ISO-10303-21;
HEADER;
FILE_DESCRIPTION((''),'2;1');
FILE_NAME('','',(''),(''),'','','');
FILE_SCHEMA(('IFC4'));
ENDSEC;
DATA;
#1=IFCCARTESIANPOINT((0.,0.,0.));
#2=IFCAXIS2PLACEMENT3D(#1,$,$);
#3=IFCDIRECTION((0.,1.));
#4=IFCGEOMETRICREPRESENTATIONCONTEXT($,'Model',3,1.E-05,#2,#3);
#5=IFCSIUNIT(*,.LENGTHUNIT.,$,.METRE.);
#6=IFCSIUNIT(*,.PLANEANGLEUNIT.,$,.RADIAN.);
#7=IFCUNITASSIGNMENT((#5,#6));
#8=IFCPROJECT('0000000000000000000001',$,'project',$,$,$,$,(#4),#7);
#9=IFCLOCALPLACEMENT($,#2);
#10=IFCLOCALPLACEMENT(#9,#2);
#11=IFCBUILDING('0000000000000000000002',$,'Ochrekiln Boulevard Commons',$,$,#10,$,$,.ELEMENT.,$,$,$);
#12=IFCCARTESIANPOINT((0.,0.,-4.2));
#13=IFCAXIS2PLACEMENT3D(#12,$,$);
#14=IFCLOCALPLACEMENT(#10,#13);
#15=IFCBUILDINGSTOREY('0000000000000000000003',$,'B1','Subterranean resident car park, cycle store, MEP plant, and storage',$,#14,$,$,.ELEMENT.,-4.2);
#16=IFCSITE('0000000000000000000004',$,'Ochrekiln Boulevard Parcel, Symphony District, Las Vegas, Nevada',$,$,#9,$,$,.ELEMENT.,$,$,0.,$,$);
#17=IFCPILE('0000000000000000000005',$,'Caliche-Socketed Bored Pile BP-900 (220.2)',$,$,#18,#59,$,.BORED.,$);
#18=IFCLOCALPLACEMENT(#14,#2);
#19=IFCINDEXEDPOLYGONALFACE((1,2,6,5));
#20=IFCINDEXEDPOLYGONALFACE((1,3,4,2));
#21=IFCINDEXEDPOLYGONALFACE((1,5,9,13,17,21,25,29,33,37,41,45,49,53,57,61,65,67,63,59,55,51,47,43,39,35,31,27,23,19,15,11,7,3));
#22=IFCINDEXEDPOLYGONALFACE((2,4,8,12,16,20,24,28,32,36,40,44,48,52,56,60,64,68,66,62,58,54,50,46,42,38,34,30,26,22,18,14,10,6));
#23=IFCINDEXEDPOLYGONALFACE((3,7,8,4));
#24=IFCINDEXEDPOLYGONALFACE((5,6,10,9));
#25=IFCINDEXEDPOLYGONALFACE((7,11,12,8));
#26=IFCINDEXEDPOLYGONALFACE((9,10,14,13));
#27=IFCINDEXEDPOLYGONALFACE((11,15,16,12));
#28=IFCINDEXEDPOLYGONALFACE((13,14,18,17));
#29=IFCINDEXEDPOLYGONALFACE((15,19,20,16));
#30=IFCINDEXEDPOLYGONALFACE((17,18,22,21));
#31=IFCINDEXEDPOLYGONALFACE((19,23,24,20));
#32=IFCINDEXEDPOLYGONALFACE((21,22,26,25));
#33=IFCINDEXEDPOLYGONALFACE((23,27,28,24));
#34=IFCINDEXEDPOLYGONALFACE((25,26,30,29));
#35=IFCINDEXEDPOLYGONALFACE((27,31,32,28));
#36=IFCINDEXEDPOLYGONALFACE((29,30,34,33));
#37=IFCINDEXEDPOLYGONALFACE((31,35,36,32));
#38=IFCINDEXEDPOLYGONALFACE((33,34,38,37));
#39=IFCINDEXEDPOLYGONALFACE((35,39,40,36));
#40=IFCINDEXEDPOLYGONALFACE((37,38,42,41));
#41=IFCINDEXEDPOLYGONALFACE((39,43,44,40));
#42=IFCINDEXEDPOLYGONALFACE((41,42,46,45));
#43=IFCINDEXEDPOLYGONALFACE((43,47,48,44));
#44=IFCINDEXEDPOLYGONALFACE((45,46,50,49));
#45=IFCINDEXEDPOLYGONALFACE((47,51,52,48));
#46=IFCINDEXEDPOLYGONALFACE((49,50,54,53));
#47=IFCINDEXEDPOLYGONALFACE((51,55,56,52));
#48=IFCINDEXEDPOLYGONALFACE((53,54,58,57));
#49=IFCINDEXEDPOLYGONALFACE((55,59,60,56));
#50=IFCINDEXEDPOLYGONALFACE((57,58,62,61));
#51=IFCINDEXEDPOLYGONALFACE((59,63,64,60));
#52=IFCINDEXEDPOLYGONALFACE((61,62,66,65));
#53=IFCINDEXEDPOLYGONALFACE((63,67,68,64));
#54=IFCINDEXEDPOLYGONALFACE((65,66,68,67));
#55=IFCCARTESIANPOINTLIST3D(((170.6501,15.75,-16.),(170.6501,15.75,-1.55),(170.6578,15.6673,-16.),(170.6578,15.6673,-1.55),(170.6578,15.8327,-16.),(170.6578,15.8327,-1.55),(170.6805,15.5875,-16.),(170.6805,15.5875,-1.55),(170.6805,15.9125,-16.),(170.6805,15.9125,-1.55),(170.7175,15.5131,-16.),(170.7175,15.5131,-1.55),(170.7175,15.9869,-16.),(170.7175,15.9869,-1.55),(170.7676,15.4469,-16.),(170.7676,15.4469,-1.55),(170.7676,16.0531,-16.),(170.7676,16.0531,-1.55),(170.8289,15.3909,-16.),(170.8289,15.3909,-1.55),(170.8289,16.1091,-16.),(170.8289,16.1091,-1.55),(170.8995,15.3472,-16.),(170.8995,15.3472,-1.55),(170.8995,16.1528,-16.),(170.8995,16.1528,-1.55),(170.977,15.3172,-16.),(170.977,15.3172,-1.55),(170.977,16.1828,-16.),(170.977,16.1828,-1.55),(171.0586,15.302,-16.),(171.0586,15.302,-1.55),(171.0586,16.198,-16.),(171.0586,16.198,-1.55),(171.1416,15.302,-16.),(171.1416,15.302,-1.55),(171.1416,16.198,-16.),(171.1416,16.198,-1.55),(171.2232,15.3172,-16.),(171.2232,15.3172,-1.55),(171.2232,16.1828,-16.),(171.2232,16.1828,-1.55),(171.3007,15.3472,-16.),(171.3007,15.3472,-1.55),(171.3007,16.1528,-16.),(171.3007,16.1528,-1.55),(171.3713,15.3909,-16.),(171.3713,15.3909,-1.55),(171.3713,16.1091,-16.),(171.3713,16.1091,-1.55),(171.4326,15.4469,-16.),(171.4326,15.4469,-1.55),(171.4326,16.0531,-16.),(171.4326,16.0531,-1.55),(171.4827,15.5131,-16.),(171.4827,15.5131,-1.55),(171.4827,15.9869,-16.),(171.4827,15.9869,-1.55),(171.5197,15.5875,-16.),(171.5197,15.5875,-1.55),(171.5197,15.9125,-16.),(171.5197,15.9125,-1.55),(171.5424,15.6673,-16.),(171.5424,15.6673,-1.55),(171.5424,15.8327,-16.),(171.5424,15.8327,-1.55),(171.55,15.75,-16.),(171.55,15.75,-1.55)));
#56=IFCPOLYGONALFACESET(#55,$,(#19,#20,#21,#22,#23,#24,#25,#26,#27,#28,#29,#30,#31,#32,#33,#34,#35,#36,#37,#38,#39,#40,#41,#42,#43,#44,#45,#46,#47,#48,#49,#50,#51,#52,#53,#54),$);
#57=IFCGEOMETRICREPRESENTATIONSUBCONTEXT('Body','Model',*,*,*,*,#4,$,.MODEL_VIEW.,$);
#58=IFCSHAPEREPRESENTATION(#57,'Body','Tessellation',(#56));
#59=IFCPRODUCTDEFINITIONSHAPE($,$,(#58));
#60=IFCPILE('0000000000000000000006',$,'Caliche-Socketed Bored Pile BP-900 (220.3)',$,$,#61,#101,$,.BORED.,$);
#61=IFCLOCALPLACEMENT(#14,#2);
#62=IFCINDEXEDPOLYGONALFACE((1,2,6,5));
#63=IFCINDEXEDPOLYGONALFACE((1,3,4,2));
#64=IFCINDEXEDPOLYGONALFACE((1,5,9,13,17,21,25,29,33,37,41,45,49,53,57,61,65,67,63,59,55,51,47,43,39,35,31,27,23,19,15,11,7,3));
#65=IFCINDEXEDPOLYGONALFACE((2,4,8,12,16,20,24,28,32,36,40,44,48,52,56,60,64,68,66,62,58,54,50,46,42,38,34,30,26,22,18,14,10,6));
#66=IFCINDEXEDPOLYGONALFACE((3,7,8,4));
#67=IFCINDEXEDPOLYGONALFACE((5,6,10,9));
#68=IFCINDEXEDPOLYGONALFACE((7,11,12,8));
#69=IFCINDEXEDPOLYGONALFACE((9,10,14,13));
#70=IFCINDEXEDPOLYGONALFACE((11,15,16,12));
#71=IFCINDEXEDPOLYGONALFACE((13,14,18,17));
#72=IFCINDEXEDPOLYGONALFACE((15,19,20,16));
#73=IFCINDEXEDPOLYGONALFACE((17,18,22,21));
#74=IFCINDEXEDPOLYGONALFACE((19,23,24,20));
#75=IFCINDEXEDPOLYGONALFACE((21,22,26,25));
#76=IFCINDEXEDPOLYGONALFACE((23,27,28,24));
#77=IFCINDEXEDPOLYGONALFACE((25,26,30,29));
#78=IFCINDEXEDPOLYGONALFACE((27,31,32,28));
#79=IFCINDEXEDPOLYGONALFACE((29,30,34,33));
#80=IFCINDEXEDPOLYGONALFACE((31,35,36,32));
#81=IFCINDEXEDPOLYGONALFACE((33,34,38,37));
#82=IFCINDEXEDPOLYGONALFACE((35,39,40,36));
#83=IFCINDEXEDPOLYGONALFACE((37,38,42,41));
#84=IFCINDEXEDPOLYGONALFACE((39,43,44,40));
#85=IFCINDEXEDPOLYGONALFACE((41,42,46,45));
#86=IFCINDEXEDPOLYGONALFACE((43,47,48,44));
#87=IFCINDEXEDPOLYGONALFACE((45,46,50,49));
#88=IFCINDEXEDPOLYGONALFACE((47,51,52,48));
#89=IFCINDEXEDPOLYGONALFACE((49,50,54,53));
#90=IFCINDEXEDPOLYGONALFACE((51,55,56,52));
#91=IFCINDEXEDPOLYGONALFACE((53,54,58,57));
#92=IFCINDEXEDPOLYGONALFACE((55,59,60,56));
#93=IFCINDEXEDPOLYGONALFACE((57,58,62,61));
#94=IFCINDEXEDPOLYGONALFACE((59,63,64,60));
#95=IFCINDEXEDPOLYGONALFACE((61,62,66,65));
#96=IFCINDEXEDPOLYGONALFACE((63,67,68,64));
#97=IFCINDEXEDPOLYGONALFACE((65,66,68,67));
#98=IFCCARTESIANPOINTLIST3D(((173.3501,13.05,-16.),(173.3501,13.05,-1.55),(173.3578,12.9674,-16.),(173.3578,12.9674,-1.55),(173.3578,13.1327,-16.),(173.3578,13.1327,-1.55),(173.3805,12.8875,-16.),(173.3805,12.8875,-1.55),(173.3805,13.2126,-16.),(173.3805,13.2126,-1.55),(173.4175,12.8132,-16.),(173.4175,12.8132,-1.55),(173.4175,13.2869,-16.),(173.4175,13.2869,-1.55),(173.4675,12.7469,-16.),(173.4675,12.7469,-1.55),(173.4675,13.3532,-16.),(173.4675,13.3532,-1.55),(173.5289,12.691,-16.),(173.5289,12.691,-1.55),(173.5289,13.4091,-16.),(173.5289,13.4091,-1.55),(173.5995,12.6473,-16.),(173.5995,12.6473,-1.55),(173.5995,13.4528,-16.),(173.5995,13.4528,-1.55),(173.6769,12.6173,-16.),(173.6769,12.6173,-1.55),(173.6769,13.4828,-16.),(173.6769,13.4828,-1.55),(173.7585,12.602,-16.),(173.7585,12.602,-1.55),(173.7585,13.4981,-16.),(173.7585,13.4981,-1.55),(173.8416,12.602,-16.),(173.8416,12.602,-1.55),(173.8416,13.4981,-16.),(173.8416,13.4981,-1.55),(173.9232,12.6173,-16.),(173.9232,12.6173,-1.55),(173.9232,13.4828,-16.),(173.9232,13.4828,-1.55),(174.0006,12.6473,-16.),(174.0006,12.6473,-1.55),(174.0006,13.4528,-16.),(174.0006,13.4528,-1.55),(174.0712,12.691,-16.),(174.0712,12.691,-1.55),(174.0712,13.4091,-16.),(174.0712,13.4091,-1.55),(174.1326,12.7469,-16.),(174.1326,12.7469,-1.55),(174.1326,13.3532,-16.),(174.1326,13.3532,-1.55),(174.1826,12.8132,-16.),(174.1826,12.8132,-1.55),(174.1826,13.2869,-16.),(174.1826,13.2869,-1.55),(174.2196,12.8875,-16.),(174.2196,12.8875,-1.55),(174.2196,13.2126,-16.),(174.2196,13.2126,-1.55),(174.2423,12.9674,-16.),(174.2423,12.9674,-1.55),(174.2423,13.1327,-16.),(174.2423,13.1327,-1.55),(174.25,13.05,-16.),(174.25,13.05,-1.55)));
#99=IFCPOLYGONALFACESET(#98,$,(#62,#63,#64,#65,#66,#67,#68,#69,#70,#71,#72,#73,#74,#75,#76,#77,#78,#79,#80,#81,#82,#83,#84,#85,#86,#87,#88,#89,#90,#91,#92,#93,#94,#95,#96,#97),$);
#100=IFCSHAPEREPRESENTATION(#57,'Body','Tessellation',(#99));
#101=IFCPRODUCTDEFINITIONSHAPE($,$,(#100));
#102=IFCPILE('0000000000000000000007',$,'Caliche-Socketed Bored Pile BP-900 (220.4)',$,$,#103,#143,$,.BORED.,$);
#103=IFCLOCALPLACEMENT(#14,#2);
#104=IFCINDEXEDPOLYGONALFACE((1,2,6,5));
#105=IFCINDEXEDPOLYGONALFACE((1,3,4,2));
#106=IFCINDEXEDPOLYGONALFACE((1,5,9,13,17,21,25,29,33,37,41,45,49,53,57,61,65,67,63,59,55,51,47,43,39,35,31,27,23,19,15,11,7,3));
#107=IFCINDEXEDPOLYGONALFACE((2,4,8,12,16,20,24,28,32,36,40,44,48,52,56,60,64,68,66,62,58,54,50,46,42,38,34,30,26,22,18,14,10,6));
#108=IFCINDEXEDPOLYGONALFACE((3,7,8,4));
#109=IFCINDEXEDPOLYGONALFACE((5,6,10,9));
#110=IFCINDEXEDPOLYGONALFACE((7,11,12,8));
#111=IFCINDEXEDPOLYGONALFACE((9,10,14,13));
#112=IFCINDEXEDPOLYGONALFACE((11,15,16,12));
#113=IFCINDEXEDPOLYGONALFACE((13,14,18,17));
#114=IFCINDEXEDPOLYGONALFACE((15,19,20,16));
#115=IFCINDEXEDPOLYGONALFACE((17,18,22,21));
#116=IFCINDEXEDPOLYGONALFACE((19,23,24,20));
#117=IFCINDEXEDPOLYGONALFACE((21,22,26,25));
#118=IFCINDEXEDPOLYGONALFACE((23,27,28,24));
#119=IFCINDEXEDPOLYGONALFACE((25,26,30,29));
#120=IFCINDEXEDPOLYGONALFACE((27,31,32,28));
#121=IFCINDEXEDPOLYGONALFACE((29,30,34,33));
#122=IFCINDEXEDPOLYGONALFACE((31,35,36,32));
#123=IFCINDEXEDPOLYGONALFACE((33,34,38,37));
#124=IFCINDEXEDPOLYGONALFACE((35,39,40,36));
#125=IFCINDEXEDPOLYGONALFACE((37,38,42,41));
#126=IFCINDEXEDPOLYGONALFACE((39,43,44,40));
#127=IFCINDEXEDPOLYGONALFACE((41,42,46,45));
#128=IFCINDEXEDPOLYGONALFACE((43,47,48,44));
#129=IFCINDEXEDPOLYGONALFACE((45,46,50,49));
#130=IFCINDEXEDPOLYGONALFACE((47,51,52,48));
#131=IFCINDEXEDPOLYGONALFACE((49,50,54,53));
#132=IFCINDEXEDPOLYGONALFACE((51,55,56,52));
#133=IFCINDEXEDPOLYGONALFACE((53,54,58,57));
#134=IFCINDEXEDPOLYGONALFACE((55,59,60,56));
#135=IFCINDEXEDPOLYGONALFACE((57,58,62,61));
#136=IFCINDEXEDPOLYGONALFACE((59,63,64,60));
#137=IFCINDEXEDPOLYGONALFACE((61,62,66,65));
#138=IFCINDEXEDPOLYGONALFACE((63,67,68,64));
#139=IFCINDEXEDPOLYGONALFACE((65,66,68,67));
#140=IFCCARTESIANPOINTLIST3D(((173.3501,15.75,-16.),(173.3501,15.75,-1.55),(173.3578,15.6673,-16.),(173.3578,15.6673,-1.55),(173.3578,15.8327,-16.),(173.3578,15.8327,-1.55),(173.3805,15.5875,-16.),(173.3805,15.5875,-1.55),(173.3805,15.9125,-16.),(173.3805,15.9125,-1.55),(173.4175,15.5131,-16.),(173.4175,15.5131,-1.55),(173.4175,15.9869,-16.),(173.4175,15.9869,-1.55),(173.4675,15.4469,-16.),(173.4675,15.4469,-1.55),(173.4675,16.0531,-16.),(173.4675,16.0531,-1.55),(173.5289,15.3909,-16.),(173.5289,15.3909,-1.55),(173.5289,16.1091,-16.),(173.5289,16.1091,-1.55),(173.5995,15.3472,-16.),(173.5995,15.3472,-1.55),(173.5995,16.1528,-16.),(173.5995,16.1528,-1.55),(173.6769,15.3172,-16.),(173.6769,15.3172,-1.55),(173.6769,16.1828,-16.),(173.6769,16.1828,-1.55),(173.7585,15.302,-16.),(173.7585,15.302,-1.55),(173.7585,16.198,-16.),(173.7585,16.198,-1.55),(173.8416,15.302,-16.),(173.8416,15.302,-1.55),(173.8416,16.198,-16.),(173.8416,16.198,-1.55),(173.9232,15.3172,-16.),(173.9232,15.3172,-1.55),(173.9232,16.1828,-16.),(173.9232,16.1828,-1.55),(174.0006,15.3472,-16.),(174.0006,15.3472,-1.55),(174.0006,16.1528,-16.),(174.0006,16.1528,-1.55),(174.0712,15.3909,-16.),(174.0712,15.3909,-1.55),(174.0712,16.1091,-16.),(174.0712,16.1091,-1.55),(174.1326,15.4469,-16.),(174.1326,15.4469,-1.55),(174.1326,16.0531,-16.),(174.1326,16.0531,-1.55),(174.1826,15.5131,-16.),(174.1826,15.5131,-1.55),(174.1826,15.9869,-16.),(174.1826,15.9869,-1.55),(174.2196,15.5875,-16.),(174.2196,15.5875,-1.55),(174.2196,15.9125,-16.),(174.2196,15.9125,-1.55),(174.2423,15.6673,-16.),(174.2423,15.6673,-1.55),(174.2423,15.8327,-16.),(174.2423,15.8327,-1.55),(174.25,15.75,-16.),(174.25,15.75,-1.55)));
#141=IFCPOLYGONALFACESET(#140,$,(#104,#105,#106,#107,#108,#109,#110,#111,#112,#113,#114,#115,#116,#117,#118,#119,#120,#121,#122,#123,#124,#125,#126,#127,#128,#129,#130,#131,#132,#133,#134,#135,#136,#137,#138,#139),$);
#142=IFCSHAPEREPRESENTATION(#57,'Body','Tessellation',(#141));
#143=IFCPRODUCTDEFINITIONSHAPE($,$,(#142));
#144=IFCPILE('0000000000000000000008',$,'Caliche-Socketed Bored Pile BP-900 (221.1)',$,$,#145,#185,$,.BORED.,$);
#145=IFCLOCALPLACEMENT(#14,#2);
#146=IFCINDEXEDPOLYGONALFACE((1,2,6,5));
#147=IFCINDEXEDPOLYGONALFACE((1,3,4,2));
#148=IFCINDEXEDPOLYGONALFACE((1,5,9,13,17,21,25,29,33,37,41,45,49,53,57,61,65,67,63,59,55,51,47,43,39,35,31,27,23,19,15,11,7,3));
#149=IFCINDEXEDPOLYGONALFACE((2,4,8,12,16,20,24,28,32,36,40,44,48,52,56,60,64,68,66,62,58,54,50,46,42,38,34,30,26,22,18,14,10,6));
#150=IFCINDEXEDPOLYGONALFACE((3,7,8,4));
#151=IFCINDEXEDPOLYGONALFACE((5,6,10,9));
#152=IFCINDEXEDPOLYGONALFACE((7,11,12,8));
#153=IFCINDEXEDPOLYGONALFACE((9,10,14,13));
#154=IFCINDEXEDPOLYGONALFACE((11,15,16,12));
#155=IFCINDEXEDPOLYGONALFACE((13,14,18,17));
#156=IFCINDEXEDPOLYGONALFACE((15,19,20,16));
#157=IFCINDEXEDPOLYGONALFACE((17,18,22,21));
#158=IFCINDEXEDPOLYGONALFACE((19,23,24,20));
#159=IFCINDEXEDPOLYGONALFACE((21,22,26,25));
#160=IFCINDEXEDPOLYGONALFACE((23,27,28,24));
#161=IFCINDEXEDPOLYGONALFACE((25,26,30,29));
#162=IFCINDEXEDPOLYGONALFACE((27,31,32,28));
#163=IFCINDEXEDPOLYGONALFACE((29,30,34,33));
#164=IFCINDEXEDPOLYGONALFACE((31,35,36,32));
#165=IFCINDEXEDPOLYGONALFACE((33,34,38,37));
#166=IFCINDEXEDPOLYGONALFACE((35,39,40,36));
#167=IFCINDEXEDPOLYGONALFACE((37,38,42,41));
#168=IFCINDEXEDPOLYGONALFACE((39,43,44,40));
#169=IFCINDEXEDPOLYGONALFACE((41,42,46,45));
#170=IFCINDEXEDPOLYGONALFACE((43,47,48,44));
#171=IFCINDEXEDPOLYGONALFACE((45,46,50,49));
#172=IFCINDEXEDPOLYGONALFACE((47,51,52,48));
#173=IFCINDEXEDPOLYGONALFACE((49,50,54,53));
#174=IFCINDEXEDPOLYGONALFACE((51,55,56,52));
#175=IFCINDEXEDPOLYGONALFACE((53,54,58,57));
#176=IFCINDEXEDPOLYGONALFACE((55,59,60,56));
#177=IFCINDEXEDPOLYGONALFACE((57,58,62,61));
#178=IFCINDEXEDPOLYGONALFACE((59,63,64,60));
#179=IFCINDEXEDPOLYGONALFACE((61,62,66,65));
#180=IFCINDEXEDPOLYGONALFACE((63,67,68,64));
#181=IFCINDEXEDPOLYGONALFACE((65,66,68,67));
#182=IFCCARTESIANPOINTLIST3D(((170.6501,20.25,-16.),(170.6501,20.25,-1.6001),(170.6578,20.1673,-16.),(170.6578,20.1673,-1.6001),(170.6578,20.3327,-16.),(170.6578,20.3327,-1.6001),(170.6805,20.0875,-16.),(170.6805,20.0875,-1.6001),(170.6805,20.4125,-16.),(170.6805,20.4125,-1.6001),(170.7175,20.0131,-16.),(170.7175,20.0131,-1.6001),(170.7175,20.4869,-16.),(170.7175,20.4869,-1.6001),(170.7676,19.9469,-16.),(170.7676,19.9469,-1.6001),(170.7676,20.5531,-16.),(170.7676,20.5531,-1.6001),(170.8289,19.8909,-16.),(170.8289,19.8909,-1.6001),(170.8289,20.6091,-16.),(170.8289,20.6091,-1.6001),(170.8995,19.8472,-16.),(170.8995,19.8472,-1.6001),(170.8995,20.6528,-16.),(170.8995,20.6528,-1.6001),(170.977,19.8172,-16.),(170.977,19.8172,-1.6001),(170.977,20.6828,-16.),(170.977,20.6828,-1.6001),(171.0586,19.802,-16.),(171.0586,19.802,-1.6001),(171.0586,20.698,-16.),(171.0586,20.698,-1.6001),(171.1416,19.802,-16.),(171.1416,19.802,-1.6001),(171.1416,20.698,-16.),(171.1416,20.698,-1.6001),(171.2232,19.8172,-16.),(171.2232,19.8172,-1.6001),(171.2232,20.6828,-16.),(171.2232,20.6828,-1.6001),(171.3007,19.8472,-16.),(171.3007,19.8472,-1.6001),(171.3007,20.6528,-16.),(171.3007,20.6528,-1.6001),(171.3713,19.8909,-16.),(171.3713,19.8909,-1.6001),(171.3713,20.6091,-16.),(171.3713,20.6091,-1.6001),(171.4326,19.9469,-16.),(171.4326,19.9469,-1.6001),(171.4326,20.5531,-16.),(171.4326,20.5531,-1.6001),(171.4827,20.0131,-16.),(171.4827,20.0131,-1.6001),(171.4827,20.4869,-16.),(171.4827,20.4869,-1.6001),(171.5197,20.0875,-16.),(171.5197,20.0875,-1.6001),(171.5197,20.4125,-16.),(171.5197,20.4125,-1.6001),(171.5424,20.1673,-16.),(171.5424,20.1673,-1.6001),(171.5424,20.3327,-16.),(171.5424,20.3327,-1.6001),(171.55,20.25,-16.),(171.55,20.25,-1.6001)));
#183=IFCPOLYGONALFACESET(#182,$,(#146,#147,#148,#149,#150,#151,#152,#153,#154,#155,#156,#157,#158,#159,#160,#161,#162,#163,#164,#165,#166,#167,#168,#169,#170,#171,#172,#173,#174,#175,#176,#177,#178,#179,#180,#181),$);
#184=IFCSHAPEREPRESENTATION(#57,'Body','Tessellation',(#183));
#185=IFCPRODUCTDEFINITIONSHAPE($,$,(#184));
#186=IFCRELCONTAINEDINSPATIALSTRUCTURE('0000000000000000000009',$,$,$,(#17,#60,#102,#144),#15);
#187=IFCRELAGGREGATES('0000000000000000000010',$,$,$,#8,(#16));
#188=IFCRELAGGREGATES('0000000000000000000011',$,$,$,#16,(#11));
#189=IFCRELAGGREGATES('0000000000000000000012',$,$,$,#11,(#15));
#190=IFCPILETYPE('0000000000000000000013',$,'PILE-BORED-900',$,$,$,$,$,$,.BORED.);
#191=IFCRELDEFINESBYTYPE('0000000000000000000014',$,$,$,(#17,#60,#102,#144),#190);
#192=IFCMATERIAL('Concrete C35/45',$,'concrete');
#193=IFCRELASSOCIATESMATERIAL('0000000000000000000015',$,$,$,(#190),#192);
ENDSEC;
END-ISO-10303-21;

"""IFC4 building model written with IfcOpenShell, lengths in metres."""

from ifc_helpers import new_model, si_unit, direction, frame, origin, origin_2d, place, context, subcontext, project, spatial, circle, extrude, material, material_profile, profile_set, type_object, element, save


model = new_model("IFC4")

# Units and contexts
model_context = context("Model", 3, precision=1e-05, world=origin(), true_north=direction((0.0, 1.0)))
body_context = subcontext(model_context, "Body", "Model", "MODEL_VIEW")
ifc_project = project(units=[si_unit("LENGTHUNIT", "METRE"), si_unit("PLANEANGLEUNIT", "RADIAN")], contexts=[model_context])

# Site, building, storey
site_placement = place(None, origin())
site = spatial("IfcSite", under=ifc_project, at=site_placement, Name="Ochrekiln Boulevard Parcel, Symphony District, Las Vegas, Nevada", CompositionType="ELEMENT", RefElevation=0.0)
building_placement = place(site_placement, origin())
building = spatial("IfcBuilding", under=site, at=building_placement, Name="Ochrekiln Boulevard Commons", CompositionType="ELEMENT")
storey_placement = place(building_placement, frame((0.0, 0.0, -4.2)))
storey = spatial("IfcBuildingStorey", under=building, at=storey_placement, Name="B1", Description="Subterranean resident car park, cycle store, MEP plant, and storage", CompositionType="ELEMENT", Elevation=-4.2)

# Shared definitions
ifc_material_1 = material(Name="Concrete C35/45", Category="concrete")

# Piles
ifc_material_profile_1 = material_profile(ifc_material_1, circle(Radius=0.45, at=origin_2d()), Name="PILE-D900")
ifc_profile_set_1 = profile_set([ifc_material_profile_1], Name="Concrete C35/45")
pile_type = type_object("IfcPileType", Name="PILE-BORED-900", PredefinedType="BORED", material=ifc_profile_set_1)
for number, where, z_axis, x_axis, name in (
    (1, (171.1001, 15.75, -1.55), (0.0, 0.0, -1.0), (1.0, 0.0, 0.0), "Caliche-Socketed Bored Pile BP-900 (220.2)"),
    (2, (173.8, 13.05, -1.55), (0.0, 0.0, -1.0), (1.0, 0.0, 0.0), "Caliche-Socketed Bored Pile BP-900 (220.3)"),
    (3, (173.8, 15.75, -1.55), (0.0, 0.0, -1.0), (1.0, 0.0, 0.0), "Caliche-Socketed Bored Pile BP-900 (220.4)"),
):
    element("IfcPile", number, at=place(storey_placement, frame(where, z_axis=z_axis, x_axis=x_axis)), inside=storey, type_object=pile_type, Name=name, PredefinedType="BORED", context=body_context, shape_type="SweptSolid", body=[
        extrude(circle(Radius=0.45, at=origin_2d()), origin(), (0.0, 0.0, 1.0), 14.45),
    ])
for number, where, z_axis, x_axis, name in (
    (4, (171.1001, 20.25, -1.6001), (0.0, 0.0, -1.0), (1.0, 0.0, 0.0), "Caliche-Socketed Bored Pile BP-900 (221.1)"),
):
    element("IfcPile", number, at=place(storey_placement, frame(where, z_axis=z_axis, x_axis=x_axis)), inside=storey, type_object=pile_type, Name=name, PredefinedType="BORED", context=body_context, shape_type="SweptSolid", body=[
        extrude(circle(Radius=0.45, at=origin_2d()), origin(), (0.0, 0.0, 1.0), 14.3999),
    ])

save(model, "model.ifc")
